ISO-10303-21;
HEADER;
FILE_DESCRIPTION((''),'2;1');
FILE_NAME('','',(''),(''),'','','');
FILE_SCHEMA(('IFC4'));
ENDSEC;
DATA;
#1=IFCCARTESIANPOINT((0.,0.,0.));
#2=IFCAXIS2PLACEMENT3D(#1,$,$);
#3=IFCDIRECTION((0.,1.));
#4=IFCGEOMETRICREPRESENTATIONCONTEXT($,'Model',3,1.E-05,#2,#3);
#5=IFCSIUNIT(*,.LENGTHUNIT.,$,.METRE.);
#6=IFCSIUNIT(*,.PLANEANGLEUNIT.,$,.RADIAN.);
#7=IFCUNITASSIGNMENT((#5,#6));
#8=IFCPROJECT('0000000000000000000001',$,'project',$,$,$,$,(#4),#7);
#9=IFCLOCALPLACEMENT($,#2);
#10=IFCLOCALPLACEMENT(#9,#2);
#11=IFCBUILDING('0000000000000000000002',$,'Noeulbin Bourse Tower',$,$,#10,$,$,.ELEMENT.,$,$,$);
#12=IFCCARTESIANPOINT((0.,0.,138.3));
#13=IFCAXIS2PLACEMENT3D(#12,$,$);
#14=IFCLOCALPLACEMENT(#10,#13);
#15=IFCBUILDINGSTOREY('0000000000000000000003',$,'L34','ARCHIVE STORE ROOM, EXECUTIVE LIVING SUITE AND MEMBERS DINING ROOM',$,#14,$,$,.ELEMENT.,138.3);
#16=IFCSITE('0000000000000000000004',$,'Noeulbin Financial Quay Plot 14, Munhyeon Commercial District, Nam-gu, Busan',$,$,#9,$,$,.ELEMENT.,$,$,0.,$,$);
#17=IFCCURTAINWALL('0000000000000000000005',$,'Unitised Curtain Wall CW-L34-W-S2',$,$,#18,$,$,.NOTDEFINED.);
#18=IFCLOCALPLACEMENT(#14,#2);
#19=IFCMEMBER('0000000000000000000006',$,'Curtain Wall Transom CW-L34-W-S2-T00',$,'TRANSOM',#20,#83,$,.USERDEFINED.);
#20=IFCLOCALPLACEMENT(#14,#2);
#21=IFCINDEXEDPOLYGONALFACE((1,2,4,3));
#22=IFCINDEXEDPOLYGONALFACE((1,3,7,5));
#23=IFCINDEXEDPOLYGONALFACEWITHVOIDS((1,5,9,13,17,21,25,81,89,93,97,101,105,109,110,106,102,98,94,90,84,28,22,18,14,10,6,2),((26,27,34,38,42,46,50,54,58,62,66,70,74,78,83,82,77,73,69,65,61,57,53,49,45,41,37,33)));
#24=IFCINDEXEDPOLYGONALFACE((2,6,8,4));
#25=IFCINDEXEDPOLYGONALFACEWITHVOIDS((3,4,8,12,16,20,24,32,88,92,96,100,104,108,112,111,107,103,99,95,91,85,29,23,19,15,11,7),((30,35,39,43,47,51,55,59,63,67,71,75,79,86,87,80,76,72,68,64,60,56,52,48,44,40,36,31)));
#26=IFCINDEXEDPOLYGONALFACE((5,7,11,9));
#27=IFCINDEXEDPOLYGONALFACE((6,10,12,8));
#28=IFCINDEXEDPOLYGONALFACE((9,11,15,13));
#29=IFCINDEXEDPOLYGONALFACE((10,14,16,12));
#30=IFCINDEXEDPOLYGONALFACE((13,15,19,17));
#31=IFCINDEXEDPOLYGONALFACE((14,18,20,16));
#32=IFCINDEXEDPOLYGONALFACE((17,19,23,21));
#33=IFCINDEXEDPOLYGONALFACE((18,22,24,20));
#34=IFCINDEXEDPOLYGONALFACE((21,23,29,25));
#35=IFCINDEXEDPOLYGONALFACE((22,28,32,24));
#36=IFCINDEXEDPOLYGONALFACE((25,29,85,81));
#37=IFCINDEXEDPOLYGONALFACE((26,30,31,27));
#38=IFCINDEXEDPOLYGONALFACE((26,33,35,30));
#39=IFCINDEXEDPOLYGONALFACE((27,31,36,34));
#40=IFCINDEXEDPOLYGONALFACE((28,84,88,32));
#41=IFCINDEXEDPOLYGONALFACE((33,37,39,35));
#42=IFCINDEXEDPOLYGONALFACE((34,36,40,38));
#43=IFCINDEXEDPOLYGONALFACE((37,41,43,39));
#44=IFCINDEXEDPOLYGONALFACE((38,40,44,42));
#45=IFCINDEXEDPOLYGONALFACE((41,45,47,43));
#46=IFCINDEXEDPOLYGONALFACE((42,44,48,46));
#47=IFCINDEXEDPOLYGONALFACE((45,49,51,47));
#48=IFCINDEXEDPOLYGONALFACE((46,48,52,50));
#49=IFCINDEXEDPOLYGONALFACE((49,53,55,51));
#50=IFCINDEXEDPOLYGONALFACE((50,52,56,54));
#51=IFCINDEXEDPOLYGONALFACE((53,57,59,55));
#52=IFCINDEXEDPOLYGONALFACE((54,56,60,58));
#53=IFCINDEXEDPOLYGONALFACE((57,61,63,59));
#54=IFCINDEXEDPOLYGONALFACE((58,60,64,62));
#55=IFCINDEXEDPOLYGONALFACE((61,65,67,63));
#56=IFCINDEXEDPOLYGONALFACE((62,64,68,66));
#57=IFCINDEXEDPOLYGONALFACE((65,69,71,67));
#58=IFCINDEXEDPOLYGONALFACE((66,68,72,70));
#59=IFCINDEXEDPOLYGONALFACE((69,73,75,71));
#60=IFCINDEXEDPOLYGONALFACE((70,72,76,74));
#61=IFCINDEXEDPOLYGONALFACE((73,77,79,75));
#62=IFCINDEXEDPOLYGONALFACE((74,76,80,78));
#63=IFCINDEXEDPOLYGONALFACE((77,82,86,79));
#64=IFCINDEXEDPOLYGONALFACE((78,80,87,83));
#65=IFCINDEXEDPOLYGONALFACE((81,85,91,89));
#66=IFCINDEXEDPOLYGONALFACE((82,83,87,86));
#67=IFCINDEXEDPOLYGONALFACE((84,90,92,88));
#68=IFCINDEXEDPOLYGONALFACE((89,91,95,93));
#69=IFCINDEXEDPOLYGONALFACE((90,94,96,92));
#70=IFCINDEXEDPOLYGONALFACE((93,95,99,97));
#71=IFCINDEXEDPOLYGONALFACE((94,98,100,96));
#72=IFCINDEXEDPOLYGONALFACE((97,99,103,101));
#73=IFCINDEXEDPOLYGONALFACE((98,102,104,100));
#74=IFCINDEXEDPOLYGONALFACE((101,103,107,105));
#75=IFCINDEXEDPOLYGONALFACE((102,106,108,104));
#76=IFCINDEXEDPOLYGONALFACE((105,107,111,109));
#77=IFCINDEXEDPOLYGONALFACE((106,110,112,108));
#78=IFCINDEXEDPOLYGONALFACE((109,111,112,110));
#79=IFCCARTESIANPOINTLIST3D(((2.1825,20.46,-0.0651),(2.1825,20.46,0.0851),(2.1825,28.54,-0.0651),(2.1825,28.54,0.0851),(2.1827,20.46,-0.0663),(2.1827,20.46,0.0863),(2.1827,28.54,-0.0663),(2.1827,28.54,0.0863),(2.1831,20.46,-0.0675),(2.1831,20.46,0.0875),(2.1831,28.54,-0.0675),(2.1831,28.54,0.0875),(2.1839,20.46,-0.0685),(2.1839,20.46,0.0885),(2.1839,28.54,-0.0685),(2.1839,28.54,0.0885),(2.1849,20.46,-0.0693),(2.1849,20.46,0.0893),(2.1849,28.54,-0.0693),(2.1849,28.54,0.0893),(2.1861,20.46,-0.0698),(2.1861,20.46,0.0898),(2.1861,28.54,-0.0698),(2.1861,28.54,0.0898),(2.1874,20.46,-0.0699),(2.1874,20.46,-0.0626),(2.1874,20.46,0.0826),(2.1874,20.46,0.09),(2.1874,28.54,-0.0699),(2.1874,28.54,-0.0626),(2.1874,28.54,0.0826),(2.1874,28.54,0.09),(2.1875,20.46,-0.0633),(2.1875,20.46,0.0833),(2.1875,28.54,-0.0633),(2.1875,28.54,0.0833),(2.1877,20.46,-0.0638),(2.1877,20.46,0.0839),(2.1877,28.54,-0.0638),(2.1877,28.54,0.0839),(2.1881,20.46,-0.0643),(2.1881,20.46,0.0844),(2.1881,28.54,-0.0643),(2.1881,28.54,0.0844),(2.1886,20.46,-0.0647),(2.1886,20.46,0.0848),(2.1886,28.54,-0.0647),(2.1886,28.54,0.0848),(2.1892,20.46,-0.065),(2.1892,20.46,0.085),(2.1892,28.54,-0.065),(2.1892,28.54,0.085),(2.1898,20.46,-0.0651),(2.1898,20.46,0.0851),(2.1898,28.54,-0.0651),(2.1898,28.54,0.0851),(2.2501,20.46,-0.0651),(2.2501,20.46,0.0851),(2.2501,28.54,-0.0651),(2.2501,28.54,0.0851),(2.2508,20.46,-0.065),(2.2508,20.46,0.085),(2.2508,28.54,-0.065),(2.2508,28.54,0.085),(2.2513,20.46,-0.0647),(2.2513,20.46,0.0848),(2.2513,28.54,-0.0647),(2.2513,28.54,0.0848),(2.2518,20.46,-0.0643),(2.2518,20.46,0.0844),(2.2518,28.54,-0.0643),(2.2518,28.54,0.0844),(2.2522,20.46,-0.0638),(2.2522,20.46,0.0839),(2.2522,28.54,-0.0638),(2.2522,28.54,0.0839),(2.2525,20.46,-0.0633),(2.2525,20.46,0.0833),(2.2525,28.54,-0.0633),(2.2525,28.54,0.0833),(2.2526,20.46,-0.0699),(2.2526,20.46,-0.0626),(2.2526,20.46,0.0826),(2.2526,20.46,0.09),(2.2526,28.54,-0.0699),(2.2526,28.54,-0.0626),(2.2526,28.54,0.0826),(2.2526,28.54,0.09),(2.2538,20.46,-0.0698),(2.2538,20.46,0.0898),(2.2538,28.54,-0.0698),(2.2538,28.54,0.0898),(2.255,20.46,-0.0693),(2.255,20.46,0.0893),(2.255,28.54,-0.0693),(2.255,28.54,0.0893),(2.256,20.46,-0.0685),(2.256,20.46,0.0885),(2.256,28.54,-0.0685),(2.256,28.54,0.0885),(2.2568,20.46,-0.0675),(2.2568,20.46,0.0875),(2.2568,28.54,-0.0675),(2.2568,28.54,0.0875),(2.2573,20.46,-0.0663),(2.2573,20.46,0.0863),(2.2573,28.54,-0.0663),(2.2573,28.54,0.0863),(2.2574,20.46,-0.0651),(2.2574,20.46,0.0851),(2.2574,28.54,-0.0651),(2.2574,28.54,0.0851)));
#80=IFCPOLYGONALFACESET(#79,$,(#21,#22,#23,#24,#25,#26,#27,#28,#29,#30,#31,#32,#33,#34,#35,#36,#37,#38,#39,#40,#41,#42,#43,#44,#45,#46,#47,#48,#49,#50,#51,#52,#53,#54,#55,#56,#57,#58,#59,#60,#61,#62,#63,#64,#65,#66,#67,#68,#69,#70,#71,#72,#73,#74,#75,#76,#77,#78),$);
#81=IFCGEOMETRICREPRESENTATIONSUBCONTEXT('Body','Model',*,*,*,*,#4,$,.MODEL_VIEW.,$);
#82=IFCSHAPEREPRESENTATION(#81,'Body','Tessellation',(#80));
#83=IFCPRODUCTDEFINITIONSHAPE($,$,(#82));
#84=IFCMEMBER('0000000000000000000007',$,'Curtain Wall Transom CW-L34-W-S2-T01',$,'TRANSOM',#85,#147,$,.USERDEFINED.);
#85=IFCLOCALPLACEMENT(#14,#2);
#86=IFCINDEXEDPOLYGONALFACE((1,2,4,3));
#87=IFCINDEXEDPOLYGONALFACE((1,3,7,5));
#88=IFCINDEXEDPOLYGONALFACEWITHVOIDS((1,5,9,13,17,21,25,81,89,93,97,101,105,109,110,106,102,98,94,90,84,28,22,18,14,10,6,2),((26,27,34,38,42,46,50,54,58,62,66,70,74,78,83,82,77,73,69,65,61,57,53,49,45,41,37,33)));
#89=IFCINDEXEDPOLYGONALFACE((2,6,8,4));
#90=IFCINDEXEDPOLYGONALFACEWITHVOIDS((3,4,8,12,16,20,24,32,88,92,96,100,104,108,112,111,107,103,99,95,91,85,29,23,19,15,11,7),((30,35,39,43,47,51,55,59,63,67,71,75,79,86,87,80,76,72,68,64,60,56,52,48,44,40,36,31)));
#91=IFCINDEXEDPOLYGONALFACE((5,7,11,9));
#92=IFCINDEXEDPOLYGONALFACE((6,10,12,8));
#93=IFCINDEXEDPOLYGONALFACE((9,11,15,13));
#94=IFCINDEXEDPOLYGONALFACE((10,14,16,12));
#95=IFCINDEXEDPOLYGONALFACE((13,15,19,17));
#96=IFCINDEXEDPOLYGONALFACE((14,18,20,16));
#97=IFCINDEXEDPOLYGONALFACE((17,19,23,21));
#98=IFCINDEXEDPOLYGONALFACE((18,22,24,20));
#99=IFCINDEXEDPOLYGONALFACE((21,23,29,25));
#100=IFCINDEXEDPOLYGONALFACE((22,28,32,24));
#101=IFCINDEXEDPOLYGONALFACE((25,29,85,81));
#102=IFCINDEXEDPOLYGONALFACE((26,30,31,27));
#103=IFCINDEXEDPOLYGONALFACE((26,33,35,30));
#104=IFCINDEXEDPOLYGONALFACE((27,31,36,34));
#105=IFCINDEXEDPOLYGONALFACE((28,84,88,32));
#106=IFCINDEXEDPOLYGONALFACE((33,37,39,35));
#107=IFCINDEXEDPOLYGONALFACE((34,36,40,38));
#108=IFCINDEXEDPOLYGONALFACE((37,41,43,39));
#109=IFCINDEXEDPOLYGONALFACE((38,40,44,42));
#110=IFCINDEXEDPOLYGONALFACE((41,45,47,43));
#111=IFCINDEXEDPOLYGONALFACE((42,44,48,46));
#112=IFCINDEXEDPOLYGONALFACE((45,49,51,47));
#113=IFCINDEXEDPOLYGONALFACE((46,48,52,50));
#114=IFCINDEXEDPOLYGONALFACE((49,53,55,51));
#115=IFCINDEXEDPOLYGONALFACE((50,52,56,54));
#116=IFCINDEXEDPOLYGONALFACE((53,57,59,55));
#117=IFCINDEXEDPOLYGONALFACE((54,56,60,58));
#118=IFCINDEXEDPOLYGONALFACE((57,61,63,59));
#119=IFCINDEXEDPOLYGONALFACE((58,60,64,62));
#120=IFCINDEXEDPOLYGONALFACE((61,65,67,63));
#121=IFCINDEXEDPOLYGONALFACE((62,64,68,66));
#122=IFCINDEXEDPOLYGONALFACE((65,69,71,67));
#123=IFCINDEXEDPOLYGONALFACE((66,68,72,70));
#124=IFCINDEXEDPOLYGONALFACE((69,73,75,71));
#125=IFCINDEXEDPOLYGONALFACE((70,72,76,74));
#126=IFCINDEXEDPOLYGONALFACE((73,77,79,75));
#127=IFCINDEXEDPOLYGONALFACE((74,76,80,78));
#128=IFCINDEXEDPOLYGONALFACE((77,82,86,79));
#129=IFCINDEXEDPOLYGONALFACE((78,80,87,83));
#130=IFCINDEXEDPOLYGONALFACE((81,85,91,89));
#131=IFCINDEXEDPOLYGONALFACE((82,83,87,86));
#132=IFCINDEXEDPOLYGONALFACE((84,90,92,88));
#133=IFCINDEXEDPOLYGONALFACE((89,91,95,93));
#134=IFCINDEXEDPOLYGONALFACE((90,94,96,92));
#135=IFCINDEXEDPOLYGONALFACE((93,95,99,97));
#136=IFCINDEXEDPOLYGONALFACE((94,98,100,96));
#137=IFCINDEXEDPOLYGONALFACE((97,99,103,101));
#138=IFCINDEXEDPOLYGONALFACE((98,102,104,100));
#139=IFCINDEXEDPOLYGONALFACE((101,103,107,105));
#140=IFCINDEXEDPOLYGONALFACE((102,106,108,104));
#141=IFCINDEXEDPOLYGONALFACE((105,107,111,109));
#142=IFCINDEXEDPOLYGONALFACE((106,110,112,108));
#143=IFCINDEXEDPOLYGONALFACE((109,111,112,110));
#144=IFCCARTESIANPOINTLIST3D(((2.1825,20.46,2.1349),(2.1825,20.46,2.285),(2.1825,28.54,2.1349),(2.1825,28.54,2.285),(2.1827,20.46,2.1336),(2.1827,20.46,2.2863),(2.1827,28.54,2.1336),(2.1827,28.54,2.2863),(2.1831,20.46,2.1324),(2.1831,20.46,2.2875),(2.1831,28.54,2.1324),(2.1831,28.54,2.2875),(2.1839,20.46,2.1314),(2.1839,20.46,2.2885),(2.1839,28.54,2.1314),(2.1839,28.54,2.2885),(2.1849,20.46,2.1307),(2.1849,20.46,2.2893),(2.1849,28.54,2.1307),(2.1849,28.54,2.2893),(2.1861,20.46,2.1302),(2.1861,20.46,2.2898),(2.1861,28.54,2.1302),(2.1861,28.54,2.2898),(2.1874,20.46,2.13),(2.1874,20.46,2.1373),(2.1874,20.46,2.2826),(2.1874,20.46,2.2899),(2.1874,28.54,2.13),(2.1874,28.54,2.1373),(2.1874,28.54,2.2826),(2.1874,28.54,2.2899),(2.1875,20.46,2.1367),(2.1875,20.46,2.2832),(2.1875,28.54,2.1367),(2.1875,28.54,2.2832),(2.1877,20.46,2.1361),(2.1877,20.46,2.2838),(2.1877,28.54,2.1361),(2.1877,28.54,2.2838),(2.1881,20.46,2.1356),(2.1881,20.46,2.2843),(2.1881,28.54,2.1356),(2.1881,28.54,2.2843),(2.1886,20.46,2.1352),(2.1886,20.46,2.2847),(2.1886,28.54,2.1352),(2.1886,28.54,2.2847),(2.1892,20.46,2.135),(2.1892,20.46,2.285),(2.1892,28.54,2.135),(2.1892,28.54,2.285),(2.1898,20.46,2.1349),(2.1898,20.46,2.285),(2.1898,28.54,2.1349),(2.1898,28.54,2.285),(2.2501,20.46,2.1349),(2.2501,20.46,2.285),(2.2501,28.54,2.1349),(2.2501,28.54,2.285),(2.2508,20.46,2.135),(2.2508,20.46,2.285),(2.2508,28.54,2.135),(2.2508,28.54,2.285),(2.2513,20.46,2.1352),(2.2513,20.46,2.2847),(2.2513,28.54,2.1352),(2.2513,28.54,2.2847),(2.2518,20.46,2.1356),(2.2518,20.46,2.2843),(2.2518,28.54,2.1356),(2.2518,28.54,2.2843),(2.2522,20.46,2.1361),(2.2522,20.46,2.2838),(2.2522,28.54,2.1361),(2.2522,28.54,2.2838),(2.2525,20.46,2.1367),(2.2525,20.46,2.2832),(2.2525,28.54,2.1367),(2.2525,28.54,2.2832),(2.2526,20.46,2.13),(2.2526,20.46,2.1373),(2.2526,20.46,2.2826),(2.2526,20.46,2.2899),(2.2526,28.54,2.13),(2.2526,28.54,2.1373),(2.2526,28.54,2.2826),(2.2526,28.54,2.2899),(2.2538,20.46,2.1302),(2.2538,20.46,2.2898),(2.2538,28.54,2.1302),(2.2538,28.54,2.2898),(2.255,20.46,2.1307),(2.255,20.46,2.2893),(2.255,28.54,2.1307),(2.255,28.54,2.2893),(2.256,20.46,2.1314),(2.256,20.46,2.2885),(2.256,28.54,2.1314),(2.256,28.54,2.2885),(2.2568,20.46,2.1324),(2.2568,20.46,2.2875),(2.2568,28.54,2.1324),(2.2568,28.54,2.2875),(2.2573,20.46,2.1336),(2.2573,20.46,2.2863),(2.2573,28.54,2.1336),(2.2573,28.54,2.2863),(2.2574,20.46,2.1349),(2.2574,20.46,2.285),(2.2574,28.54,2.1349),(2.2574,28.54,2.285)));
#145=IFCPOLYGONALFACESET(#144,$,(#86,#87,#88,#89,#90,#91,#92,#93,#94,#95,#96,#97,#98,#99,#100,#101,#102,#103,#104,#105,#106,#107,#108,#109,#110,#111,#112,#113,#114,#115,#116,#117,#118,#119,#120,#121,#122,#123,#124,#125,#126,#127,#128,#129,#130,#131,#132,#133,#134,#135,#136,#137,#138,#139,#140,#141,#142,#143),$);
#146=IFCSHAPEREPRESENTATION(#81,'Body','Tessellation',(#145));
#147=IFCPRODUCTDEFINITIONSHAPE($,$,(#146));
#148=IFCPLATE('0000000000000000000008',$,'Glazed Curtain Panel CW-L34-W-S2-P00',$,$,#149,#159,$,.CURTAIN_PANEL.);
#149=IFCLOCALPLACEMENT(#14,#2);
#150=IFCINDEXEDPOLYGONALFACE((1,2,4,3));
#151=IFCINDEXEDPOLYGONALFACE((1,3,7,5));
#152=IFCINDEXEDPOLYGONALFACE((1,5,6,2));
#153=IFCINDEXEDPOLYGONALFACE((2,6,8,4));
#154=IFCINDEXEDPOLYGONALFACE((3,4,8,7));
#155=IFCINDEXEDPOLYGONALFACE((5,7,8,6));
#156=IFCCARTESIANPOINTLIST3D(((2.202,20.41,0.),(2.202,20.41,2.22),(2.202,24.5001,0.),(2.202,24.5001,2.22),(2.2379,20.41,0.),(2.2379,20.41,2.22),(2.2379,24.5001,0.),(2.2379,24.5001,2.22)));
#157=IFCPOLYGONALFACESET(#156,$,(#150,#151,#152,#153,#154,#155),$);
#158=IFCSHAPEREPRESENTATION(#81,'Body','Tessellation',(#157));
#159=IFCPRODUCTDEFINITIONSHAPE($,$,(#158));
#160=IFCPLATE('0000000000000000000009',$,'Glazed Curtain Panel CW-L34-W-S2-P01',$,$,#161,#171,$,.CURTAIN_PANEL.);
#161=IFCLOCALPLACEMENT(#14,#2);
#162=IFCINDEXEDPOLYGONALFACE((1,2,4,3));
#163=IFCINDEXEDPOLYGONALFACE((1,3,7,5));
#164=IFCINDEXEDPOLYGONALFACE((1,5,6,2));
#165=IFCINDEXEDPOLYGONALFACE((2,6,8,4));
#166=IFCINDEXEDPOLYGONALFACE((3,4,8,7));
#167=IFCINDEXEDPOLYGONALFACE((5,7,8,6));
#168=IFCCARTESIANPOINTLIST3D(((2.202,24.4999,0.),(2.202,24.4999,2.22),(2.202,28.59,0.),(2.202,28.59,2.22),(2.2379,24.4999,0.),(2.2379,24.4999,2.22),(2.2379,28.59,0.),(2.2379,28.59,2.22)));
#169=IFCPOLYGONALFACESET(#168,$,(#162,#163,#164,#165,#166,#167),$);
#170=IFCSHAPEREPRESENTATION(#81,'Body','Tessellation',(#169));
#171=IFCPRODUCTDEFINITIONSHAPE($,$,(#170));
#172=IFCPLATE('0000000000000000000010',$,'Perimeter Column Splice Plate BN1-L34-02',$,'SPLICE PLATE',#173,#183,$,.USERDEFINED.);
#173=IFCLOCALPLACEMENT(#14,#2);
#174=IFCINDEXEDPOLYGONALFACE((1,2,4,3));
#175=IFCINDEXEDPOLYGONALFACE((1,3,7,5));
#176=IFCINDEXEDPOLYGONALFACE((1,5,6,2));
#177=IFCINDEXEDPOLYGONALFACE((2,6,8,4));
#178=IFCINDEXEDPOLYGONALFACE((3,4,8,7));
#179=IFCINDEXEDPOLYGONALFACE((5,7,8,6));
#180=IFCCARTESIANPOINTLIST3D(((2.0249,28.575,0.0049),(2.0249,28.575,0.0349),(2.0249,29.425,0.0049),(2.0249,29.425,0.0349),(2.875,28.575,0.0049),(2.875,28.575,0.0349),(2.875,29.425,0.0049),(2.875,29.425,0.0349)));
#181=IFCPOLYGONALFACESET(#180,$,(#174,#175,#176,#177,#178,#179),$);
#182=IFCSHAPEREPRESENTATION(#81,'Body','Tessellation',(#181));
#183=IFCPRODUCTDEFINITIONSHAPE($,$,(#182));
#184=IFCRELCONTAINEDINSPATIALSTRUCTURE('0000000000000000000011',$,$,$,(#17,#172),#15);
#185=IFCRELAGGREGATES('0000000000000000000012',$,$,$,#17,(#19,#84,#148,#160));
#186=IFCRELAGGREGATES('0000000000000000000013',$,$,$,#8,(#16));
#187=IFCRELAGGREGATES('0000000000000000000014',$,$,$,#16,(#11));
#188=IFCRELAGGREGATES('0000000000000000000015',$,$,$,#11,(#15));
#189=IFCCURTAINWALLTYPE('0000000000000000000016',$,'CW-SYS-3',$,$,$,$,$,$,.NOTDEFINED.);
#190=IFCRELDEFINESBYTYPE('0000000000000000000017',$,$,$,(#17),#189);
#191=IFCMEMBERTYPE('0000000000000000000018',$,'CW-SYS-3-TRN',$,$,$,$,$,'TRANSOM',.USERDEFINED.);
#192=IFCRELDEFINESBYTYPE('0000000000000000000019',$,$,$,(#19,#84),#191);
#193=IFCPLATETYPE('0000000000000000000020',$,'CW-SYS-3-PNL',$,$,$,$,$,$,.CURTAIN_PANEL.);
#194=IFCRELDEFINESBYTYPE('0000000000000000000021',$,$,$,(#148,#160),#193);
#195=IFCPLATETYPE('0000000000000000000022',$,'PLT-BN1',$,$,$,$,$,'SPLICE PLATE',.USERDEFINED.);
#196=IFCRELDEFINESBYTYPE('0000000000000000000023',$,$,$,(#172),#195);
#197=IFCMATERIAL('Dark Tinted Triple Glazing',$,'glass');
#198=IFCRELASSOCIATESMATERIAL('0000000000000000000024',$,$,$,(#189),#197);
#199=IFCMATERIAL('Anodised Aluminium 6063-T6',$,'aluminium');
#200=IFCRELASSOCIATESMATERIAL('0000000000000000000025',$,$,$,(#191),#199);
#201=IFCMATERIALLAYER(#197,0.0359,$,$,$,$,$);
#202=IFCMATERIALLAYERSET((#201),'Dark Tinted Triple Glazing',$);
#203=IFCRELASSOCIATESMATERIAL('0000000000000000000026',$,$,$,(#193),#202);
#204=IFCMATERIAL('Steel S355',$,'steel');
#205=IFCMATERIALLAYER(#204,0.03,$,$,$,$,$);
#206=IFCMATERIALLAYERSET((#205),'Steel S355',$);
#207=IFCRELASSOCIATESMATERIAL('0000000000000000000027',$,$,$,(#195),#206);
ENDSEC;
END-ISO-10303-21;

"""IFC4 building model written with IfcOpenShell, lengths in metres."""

from ifc_helpers import new_model, si_unit, direction, frame, origin, origin_2d, place, context, subcontext, project, spatial, rectangle, hollow_rectangle, extrude, material, layer, layer_set, material_profile, profile_set, type_object, element, aggregate, save


model = new_model("IFC4")

# Units and contexts
model_context = context("Model", 3, precision=1e-05, world=origin(), true_north=direction((0.0, 1.0)))
body_context = subcontext(model_context, "Body", "Model", "MODEL_VIEW")
ifc_project = project(units=[si_unit("LENGTHUNIT", "METRE"), si_unit("PLANEANGLEUNIT", "RADIAN")], contexts=[model_context])

# Site, building, storey
site_placement = place(None, origin())
site = spatial("IfcSite", under=ifc_project, at=site_placement, Name="Noeulbin Financial Quay Plot 14, Munhyeon Commercial District, Nam-gu, Busan", CompositionType="ELEMENT", RefElevation=0.0)
building_placement = place(site_placement, origin())
building = spatial("IfcBuilding", under=site, at=building_placement, Name="Noeulbin Bourse Tower", CompositionType="ELEMENT")
storey_placement = place(building_placement, frame((0.0, 0.0, 138.3)))
storey = spatial("IfcBuildingStorey", under=building, at=storey_placement, Name="L34", Description="ARCHIVE STORE ROOM, EXECUTIVE LIVING SUITE AND MEMBERS DINING ROOM", CompositionType="ELEMENT", Elevation=138.3)

# Shared definitions
ifc_material_1 = material(Name="Steel S355", Category="steel")

# Curtain wall, members, plates
ifc_material_2 = material(Name="Dark Tinted Triple Glazing", Category="glass")
curtain_wall_type = type_object("IfcCurtainWallType", Name="CW-SYS-3", PredefinedType="NOTDEFINED", material=ifc_material_2)
curtain_wall_placement = place(storey_placement, origin())
curtain_wall = element("IfcCurtainWall", 1, at=curtain_wall_placement, inside=storey, type_object=curtain_wall_type, Name="Unitised Curtain Wall CW-L34-W-S2", PredefinedType="NOTDEFINED")
ifc_material_3 = material(Name="Anodised Aluminium 6063-T6", Category="aluminium")
ifc_material_profile_1 = material_profile(ifc_material_3, hollow_rectangle(XDim=0.075, YDim=0.1599, WallThickness=0.0049, InnerFilletRadius=0.0024, OuterFilletRadius=0.0049, at=origin_2d()), Name="ALU-TRAN-75x160x5", Category="LoadBearing")
ifc_profile_set_1 = profile_set([ifc_material_profile_1], Name="Anodised Aluminium 6063-T6")
member_type_1 = type_object("IfcMemberType", Name="CW-SYS-3-TRN", ElementType="TRANSOM", PredefinedType="USERDEFINED", material=ifc_profile_set_1)
member_1_placement = place(storey_placement, frame((2.22, 20.46, 0.01), z_axis=(0.0, 1.0, 0.0), x_axis=(-1.0, 0.0, 0.0)))
member_1 = element("IfcMember", 2, at=member_1_placement, type_object=member_type_1, Name="Curtain Wall Transom CW-L34-W-S2-T00", ObjectType="TRANSOM", PredefinedType="USERDEFINED", context=body_context, shape_type="SweptSolid", body=[
    extrude(hollow_rectangle(XDim=0.075, YDim=0.1599, WallThickness=0.0049, InnerFilletRadius=0.0024, OuterFilletRadius=0.0049, at=origin_2d()), origin(), (0.0, 0.0, 1.0), 8.0801),
])
member_2_placement = place(storey_placement, frame((2.22, 20.46, 2.21), z_axis=(0.0, 1.0, 0.0), x_axis=(-1.0, 0.0, 0.0)))
member_2 = element("IfcMember", 3, at=member_2_placement, type_object=member_type_1, Name="Curtain Wall Transom CW-L34-W-S2-T01", ObjectType="TRANSOM", PredefinedType="USERDEFINED", context=body_context, shape_type="SweptSolid", body=[
    extrude(hollow_rectangle(XDim=0.075, YDim=0.1599, WallThickness=0.0049, InnerFilletRadius=0.0024, OuterFilletRadius=0.0049, at=origin_2d()), origin(), (0.0, 0.0, 1.0), 8.0801),
])
ifc_layer_1 = layer(ifc_material_2, 0.0359)
ifc_layer_set_1 = layer_set([ifc_layer_1], Name="Dark Tinted Triple Glazing")
plate_type_1 = type_object("IfcPlateType", Name="CW-SYS-3-PNL", PredefinedType="CURTAIN_PANEL", material=ifc_layer_set_1)
plate_1_placement = place(storey_placement, frame((2.22, 22.4551, 0.0), z_axis=(0.0, 0.0, 1.0), x_axis=(0.0, 1.0, 0.0)))
plate_1 = element("IfcPlate", 4, at=plate_1_placement, type_object=plate_type_1, Name="Glazed Curtain Panel CW-L34-W-S2-P00", PredefinedType="CURTAIN_PANEL", context=body_context, shape_type="SweptSolid", body=[
    extrude(rectangle(XDim=4.0901, YDim=0.0359, at=origin_2d()), origin(), (0.0, 0.0, 1.0), 2.22),
])
plate_2_placement = place(storey_placement, frame((2.22, 26.5449, 0.0), z_axis=(0.0, 0.0, 1.0), x_axis=(0.0, 1.0, 0.0)))
plate_2 = element("IfcPlate", 5, at=plate_2_placement, type_object=plate_type_1, Name="Glazed Curtain Panel CW-L34-W-S2-P01", PredefinedType="CURTAIN_PANEL", context=body_context, shape_type="SweptSolid", body=[
    extrude(rectangle(XDim=4.0901, YDim=0.0359, at=origin_2d()), origin(), (0.0, 0.0, 1.0), 2.22),
])
aggregate(curtain_wall, [member_1, member_2, plate_1, plate_2])

# Plate
ifc_layer_2 = layer(ifc_material_1, 0.03)
ifc_layer_set_2 = layer_set([ifc_layer_2], Name="Steel S355")
plate_type_2 = type_object("IfcPlateType", Name="PLT-BN1", ElementType="SPLICE PLATE", PredefinedType="USERDEFINED", material=ifc_layer_set_2)
plate_3_placement = place(storey_placement, frame((2.45, 29.0, 0.0049), z_axis=(0.0, 0.0, 1.0), x_axis=(1.0, 0.0, 0.0)))
element("IfcPlate", 6, at=plate_3_placement, inside=storey, type_object=plate_type_2, Name="Perimeter Column Splice Plate BN1-L34-02", ObjectType="SPLICE PLATE", PredefinedType="USERDEFINED", context=body_context, shape_type="SweptSolid", body=[
    extrude(rectangle(XDim=0.8501, YDim=0.8501, at=origin_2d()), origin(), (0.0, 0.0, 1.0), 0.03),
])

save(model, "model.ifc")
